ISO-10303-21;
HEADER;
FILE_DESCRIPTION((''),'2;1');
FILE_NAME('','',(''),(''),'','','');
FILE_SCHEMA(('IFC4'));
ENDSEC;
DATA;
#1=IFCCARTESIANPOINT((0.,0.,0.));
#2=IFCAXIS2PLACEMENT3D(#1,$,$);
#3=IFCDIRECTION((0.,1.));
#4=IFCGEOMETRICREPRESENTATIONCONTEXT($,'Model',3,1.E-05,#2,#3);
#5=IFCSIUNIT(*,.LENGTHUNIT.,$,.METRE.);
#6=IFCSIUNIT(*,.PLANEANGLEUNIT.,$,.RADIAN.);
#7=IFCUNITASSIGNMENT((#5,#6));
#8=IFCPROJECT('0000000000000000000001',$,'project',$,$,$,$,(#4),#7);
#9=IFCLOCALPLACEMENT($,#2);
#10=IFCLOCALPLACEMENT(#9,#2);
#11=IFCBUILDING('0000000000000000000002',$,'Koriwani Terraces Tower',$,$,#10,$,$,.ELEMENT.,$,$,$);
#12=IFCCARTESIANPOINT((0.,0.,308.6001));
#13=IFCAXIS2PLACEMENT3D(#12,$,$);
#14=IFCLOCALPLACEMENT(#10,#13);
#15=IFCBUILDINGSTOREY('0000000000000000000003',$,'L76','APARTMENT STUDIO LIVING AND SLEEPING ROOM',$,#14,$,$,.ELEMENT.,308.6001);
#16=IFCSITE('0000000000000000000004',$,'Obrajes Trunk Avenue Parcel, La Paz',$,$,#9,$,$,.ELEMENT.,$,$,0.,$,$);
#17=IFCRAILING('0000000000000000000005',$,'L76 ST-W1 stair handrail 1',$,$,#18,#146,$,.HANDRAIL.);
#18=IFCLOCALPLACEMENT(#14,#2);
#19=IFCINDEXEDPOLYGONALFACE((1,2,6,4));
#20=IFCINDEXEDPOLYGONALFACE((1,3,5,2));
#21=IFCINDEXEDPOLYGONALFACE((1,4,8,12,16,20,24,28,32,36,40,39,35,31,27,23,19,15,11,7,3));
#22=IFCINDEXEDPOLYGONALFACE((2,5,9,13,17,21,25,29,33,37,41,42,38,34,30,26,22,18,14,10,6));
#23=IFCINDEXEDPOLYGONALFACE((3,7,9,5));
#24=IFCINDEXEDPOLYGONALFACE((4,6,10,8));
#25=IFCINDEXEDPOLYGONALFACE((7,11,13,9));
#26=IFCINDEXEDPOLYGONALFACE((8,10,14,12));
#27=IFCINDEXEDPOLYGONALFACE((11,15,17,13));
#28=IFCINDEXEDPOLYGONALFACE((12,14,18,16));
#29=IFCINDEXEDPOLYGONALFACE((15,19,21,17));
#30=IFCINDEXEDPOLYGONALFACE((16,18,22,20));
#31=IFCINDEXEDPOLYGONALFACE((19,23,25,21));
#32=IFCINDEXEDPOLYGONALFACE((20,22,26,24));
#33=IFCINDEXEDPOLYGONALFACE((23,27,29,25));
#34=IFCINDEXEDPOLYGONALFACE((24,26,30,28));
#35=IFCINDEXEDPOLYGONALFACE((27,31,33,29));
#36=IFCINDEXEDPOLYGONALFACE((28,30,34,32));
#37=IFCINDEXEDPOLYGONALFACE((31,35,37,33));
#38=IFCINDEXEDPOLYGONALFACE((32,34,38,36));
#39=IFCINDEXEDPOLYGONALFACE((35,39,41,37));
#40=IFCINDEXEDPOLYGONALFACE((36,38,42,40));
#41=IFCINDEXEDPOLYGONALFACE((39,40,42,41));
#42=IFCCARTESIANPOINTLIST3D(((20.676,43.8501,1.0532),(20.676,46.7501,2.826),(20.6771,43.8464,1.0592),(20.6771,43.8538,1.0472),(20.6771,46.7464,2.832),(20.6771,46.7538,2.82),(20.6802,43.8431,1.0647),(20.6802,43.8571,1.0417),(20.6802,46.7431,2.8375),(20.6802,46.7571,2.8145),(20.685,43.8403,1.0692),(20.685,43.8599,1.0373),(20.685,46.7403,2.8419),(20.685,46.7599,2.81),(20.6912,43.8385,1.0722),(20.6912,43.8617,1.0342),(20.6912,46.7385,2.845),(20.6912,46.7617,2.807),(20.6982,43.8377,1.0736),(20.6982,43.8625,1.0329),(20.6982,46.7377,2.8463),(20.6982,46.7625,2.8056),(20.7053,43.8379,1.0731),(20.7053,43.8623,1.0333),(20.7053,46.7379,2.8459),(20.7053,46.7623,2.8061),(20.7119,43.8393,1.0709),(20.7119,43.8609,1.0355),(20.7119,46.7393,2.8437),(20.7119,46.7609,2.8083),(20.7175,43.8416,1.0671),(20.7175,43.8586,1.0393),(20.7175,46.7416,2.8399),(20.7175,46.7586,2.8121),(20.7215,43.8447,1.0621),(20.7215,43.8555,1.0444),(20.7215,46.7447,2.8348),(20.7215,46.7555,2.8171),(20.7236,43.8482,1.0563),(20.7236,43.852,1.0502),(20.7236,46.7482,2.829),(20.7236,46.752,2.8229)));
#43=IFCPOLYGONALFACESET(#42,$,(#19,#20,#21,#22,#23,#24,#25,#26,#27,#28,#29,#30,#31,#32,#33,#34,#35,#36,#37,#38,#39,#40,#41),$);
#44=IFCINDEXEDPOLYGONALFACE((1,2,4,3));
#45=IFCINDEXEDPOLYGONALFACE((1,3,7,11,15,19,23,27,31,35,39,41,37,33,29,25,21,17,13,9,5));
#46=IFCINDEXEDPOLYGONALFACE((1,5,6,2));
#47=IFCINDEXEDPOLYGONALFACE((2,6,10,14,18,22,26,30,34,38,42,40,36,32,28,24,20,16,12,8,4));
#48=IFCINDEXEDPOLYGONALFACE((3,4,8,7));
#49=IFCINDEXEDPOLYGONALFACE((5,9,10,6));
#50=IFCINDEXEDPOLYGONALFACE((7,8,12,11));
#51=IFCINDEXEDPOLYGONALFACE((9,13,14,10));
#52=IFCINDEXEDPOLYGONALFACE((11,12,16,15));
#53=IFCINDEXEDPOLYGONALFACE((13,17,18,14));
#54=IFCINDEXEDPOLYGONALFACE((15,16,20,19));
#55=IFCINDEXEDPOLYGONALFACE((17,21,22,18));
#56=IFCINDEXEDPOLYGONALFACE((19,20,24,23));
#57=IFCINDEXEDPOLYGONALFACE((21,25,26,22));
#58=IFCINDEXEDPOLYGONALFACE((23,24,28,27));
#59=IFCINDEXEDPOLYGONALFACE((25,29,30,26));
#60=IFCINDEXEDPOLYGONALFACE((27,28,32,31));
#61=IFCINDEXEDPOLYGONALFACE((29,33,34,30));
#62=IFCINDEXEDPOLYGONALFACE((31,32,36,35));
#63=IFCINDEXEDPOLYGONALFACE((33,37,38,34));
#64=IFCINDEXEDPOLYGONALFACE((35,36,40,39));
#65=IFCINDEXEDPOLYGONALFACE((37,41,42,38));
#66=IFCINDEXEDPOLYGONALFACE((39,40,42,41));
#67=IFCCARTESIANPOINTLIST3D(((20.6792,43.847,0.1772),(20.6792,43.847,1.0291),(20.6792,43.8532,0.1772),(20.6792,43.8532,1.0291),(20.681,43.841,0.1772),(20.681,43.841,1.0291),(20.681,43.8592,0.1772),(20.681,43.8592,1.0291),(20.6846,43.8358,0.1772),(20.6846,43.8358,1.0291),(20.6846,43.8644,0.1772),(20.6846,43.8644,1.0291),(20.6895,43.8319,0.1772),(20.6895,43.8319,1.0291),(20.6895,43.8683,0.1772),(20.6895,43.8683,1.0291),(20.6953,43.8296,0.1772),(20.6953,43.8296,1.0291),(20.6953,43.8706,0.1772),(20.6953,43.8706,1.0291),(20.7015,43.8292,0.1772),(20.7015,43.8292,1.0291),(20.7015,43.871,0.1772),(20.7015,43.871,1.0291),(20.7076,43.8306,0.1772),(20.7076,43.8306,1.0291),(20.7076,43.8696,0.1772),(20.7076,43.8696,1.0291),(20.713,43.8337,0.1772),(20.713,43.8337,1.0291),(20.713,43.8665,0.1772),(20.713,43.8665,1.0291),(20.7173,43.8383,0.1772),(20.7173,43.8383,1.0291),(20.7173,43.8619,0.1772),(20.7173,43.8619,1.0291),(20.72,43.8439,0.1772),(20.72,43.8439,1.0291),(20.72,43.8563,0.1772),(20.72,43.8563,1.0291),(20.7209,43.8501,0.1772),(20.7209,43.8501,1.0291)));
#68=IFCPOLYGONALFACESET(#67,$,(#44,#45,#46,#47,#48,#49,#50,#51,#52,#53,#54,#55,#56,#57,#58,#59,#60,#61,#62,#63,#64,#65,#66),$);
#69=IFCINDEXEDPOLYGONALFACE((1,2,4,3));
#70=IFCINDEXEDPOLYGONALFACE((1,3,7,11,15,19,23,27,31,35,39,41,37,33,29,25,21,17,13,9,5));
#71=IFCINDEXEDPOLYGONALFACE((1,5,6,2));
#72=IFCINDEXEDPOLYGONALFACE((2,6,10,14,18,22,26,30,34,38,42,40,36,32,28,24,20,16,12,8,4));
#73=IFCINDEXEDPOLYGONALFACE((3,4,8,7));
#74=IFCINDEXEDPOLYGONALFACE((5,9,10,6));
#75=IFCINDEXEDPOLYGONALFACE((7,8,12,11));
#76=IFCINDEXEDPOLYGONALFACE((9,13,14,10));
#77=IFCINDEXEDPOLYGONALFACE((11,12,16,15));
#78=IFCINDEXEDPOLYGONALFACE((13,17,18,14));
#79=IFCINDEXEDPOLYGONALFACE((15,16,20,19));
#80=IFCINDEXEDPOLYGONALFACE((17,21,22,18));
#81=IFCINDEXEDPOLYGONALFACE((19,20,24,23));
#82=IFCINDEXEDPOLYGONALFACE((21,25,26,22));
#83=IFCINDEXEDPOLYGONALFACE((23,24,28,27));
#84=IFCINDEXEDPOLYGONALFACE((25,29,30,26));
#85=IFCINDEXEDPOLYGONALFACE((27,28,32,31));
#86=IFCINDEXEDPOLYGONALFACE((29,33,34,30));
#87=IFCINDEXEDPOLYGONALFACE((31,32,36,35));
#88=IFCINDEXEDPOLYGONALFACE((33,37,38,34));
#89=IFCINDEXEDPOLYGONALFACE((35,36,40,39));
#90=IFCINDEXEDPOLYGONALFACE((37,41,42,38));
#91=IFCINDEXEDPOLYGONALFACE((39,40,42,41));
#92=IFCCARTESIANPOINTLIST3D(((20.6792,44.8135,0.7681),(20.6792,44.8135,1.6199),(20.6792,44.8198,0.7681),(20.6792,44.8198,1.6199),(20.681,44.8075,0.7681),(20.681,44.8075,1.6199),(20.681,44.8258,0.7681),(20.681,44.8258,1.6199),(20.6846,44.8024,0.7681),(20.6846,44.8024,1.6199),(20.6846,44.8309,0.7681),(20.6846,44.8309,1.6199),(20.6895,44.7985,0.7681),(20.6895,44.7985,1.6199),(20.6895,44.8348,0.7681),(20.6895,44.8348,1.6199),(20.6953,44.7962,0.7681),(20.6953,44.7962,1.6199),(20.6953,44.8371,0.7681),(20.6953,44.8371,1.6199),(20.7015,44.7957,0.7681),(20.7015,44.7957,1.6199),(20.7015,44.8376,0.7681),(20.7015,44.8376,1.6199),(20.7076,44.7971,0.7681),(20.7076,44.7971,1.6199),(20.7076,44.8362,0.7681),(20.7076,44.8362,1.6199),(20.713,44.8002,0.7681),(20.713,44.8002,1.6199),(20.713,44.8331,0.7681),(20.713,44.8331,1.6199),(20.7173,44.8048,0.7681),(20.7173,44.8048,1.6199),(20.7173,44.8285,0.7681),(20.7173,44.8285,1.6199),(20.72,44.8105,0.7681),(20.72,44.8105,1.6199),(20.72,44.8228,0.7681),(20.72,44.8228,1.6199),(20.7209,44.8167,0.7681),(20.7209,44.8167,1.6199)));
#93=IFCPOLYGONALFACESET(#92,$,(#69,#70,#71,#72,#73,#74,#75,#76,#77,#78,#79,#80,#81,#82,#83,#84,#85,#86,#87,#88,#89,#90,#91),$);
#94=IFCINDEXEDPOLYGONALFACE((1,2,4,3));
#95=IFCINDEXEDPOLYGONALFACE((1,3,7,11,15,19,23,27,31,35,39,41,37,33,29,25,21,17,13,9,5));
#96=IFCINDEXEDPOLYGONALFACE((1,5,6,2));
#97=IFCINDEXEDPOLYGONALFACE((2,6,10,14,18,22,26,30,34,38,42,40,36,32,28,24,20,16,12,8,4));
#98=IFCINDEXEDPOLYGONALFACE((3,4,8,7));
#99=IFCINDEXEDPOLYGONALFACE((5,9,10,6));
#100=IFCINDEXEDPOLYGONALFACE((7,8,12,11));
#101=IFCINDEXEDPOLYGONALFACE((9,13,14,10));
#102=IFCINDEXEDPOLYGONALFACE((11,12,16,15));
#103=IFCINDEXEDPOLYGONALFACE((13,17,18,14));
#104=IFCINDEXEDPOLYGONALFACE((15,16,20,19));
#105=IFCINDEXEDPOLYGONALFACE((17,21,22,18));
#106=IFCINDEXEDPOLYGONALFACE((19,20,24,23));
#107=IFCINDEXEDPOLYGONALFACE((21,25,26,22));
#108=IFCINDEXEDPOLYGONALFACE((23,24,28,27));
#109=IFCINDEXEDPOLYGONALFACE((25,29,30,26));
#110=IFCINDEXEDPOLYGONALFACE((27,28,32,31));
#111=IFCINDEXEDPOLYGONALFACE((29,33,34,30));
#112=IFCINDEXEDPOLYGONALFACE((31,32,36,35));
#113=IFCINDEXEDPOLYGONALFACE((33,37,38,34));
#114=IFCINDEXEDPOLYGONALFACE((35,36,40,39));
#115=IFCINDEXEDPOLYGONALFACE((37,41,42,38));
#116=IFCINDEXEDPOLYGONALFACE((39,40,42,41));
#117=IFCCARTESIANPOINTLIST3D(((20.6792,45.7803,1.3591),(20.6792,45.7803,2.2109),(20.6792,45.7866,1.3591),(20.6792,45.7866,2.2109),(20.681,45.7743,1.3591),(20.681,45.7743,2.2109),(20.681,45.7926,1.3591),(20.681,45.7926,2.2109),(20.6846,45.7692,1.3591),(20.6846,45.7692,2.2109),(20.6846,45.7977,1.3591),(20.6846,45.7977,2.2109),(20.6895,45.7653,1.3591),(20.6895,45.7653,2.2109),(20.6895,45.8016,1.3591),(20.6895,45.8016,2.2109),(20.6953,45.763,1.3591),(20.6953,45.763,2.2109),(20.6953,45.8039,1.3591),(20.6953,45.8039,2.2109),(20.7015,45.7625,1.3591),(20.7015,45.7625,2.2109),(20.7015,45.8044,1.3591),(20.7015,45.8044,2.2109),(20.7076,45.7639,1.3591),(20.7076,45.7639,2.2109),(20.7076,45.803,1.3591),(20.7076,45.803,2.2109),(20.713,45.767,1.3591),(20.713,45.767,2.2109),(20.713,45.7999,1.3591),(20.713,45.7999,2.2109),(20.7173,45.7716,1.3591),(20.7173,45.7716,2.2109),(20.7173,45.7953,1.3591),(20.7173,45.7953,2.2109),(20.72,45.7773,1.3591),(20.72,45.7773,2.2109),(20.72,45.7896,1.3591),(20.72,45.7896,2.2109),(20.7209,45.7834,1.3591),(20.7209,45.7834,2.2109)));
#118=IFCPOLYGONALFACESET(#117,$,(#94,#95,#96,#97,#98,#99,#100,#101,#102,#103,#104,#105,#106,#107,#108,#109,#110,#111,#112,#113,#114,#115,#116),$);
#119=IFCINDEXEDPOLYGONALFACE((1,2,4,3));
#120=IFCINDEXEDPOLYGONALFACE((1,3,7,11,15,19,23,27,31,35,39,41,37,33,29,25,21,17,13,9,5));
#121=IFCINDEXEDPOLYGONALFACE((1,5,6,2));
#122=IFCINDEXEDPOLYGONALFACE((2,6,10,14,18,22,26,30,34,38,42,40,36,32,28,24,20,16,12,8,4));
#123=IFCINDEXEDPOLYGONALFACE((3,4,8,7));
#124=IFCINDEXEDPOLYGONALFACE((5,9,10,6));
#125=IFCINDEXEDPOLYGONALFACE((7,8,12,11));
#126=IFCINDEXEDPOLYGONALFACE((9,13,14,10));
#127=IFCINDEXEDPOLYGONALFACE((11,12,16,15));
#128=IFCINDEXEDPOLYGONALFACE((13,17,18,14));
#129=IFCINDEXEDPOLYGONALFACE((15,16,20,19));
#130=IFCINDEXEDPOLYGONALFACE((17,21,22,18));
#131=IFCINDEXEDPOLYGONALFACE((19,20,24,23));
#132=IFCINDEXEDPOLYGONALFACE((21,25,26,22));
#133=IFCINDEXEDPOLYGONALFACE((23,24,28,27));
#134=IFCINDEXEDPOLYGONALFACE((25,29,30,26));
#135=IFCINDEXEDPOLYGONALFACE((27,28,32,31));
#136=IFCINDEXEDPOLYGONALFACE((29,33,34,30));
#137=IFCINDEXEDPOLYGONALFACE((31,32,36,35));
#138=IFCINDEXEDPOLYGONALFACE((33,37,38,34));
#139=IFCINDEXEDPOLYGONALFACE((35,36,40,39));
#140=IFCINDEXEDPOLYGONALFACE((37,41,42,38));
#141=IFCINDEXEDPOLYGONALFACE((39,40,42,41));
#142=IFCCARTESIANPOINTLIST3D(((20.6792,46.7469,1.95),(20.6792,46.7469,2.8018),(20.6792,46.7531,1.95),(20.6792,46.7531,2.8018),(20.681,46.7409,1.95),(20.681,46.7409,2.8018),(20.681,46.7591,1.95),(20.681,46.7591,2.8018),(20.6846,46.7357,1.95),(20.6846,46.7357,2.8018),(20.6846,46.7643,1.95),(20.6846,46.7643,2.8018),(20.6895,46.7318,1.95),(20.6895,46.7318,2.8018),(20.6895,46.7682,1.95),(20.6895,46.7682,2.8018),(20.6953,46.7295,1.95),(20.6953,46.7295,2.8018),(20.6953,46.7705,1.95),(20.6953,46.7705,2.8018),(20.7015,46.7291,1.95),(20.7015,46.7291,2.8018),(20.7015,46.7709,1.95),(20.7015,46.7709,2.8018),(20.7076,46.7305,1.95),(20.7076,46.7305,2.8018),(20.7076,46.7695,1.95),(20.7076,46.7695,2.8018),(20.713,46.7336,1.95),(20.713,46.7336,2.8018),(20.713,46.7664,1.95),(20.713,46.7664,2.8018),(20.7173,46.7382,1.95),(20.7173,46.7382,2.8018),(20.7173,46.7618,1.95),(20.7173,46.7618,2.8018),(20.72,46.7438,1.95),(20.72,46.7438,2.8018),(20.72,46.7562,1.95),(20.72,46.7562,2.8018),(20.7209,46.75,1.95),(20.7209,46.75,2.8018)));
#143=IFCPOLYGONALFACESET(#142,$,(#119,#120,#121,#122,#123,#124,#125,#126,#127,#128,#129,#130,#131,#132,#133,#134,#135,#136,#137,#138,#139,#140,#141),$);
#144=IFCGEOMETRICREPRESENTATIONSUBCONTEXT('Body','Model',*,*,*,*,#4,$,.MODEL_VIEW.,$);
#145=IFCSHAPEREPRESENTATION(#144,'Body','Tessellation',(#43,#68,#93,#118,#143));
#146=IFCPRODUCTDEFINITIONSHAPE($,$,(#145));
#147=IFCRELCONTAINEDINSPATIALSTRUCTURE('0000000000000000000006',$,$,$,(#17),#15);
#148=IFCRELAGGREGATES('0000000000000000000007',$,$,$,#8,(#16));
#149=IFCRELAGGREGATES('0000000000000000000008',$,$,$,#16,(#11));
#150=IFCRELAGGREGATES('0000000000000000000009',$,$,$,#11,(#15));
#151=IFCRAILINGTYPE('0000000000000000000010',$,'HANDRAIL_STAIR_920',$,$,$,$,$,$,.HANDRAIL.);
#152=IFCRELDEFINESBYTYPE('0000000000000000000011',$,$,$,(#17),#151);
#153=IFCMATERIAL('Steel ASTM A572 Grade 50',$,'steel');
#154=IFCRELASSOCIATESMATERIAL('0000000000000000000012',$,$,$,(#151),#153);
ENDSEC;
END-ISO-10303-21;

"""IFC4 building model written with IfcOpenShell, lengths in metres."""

from ifc_helpers import new_model, si_unit, direction, frame, origin, origin_2d, place, context, subcontext, project, spatial, circle, extrude, material, type_object, element, save


model = new_model("IFC4")

# Units and contexts
model_context = context("Model", 3, precision=1e-05, world=origin(), true_north=direction((0.0, 1.0)))
body_context = subcontext(model_context, "Body", "Model", "MODEL_VIEW")
ifc_project = project(units=[si_unit("LENGTHUNIT", "METRE"), si_unit("PLANEANGLEUNIT", "RADIAN")], contexts=[model_context])

# Site, building, storey
site_placement = place(None, origin())
site = spatial("IfcSite", under=ifc_project, at=site_placement, Name="Obrajes Trunk Avenue Parcel, La Paz", CompositionType="ELEMENT", RefElevation=0.0)
building_placement = place(site_placement, origin())
building = spatial("IfcBuilding", under=site, at=building_placement, Name="Koriwani Terraces Tower", CompositionType="ELEMENT")
storey_placement = place(building_placement, frame((0.0, 0.0, 308.6001)))
storey = spatial("IfcBuildingStorey", under=building, at=storey_placement, Name="L76", Description="APARTMENT STUDIO LIVING AND SLEEPING ROOM", CompositionType="ELEMENT", Elevation=308.6001)

# Shared definitions
ifc_material_1 = material(Name="Steel ASTM A572 Grade 50", Category="steel")

# Railing
railing_type_1 = type_object("IfcRailingType", Name="HANDRAIL_STAIR_920", PredefinedType="HANDRAIL", material=ifc_material_1)
railing_1_placement = place(storey_placement, frame((20.7, 43.8501, 0.1772)))
element("IfcRailing", 1, at=railing_1_placement, inside=storey, type_object=railing_type_1, Name="L76 ST-W1 stair handrail 1", PredefinedType="HANDRAIL", context=body_context, shape_type="SweptSolid", body=[
    extrude(circle(Radius=0.0239, at=origin_2d()), frame((0.0, 0.0, 0.876), z_axis=(0.0, 0.853211, 0.521566), x_axis=(-1.0, 0.0, 0.0)), (0.0, 0.0, 1.0), 3.3989),
    extrude(circle(Radius=0.021, at=origin_2d()), origin(), (0.0, 0.0, 1.0), 0.8518),
    extrude(circle(Radius=0.021, at=origin_2d()), frame((0.0, 0.9666, 0.5908)), (0.0, 0.0, 1.0), 0.8518),
    extrude(circle(Radius=0.021, at=origin_2d()), frame((0.0, 1.9333, 1.1819)), (0.0, 0.0, 1.0), 0.8518),
    extrude(circle(Radius=0.021, at=origin_2d()), frame((0.0, 2.8999, 1.7727)), (0.0, 0.0, 1.0), 0.8518),
])

save(model, "model.ifc")
